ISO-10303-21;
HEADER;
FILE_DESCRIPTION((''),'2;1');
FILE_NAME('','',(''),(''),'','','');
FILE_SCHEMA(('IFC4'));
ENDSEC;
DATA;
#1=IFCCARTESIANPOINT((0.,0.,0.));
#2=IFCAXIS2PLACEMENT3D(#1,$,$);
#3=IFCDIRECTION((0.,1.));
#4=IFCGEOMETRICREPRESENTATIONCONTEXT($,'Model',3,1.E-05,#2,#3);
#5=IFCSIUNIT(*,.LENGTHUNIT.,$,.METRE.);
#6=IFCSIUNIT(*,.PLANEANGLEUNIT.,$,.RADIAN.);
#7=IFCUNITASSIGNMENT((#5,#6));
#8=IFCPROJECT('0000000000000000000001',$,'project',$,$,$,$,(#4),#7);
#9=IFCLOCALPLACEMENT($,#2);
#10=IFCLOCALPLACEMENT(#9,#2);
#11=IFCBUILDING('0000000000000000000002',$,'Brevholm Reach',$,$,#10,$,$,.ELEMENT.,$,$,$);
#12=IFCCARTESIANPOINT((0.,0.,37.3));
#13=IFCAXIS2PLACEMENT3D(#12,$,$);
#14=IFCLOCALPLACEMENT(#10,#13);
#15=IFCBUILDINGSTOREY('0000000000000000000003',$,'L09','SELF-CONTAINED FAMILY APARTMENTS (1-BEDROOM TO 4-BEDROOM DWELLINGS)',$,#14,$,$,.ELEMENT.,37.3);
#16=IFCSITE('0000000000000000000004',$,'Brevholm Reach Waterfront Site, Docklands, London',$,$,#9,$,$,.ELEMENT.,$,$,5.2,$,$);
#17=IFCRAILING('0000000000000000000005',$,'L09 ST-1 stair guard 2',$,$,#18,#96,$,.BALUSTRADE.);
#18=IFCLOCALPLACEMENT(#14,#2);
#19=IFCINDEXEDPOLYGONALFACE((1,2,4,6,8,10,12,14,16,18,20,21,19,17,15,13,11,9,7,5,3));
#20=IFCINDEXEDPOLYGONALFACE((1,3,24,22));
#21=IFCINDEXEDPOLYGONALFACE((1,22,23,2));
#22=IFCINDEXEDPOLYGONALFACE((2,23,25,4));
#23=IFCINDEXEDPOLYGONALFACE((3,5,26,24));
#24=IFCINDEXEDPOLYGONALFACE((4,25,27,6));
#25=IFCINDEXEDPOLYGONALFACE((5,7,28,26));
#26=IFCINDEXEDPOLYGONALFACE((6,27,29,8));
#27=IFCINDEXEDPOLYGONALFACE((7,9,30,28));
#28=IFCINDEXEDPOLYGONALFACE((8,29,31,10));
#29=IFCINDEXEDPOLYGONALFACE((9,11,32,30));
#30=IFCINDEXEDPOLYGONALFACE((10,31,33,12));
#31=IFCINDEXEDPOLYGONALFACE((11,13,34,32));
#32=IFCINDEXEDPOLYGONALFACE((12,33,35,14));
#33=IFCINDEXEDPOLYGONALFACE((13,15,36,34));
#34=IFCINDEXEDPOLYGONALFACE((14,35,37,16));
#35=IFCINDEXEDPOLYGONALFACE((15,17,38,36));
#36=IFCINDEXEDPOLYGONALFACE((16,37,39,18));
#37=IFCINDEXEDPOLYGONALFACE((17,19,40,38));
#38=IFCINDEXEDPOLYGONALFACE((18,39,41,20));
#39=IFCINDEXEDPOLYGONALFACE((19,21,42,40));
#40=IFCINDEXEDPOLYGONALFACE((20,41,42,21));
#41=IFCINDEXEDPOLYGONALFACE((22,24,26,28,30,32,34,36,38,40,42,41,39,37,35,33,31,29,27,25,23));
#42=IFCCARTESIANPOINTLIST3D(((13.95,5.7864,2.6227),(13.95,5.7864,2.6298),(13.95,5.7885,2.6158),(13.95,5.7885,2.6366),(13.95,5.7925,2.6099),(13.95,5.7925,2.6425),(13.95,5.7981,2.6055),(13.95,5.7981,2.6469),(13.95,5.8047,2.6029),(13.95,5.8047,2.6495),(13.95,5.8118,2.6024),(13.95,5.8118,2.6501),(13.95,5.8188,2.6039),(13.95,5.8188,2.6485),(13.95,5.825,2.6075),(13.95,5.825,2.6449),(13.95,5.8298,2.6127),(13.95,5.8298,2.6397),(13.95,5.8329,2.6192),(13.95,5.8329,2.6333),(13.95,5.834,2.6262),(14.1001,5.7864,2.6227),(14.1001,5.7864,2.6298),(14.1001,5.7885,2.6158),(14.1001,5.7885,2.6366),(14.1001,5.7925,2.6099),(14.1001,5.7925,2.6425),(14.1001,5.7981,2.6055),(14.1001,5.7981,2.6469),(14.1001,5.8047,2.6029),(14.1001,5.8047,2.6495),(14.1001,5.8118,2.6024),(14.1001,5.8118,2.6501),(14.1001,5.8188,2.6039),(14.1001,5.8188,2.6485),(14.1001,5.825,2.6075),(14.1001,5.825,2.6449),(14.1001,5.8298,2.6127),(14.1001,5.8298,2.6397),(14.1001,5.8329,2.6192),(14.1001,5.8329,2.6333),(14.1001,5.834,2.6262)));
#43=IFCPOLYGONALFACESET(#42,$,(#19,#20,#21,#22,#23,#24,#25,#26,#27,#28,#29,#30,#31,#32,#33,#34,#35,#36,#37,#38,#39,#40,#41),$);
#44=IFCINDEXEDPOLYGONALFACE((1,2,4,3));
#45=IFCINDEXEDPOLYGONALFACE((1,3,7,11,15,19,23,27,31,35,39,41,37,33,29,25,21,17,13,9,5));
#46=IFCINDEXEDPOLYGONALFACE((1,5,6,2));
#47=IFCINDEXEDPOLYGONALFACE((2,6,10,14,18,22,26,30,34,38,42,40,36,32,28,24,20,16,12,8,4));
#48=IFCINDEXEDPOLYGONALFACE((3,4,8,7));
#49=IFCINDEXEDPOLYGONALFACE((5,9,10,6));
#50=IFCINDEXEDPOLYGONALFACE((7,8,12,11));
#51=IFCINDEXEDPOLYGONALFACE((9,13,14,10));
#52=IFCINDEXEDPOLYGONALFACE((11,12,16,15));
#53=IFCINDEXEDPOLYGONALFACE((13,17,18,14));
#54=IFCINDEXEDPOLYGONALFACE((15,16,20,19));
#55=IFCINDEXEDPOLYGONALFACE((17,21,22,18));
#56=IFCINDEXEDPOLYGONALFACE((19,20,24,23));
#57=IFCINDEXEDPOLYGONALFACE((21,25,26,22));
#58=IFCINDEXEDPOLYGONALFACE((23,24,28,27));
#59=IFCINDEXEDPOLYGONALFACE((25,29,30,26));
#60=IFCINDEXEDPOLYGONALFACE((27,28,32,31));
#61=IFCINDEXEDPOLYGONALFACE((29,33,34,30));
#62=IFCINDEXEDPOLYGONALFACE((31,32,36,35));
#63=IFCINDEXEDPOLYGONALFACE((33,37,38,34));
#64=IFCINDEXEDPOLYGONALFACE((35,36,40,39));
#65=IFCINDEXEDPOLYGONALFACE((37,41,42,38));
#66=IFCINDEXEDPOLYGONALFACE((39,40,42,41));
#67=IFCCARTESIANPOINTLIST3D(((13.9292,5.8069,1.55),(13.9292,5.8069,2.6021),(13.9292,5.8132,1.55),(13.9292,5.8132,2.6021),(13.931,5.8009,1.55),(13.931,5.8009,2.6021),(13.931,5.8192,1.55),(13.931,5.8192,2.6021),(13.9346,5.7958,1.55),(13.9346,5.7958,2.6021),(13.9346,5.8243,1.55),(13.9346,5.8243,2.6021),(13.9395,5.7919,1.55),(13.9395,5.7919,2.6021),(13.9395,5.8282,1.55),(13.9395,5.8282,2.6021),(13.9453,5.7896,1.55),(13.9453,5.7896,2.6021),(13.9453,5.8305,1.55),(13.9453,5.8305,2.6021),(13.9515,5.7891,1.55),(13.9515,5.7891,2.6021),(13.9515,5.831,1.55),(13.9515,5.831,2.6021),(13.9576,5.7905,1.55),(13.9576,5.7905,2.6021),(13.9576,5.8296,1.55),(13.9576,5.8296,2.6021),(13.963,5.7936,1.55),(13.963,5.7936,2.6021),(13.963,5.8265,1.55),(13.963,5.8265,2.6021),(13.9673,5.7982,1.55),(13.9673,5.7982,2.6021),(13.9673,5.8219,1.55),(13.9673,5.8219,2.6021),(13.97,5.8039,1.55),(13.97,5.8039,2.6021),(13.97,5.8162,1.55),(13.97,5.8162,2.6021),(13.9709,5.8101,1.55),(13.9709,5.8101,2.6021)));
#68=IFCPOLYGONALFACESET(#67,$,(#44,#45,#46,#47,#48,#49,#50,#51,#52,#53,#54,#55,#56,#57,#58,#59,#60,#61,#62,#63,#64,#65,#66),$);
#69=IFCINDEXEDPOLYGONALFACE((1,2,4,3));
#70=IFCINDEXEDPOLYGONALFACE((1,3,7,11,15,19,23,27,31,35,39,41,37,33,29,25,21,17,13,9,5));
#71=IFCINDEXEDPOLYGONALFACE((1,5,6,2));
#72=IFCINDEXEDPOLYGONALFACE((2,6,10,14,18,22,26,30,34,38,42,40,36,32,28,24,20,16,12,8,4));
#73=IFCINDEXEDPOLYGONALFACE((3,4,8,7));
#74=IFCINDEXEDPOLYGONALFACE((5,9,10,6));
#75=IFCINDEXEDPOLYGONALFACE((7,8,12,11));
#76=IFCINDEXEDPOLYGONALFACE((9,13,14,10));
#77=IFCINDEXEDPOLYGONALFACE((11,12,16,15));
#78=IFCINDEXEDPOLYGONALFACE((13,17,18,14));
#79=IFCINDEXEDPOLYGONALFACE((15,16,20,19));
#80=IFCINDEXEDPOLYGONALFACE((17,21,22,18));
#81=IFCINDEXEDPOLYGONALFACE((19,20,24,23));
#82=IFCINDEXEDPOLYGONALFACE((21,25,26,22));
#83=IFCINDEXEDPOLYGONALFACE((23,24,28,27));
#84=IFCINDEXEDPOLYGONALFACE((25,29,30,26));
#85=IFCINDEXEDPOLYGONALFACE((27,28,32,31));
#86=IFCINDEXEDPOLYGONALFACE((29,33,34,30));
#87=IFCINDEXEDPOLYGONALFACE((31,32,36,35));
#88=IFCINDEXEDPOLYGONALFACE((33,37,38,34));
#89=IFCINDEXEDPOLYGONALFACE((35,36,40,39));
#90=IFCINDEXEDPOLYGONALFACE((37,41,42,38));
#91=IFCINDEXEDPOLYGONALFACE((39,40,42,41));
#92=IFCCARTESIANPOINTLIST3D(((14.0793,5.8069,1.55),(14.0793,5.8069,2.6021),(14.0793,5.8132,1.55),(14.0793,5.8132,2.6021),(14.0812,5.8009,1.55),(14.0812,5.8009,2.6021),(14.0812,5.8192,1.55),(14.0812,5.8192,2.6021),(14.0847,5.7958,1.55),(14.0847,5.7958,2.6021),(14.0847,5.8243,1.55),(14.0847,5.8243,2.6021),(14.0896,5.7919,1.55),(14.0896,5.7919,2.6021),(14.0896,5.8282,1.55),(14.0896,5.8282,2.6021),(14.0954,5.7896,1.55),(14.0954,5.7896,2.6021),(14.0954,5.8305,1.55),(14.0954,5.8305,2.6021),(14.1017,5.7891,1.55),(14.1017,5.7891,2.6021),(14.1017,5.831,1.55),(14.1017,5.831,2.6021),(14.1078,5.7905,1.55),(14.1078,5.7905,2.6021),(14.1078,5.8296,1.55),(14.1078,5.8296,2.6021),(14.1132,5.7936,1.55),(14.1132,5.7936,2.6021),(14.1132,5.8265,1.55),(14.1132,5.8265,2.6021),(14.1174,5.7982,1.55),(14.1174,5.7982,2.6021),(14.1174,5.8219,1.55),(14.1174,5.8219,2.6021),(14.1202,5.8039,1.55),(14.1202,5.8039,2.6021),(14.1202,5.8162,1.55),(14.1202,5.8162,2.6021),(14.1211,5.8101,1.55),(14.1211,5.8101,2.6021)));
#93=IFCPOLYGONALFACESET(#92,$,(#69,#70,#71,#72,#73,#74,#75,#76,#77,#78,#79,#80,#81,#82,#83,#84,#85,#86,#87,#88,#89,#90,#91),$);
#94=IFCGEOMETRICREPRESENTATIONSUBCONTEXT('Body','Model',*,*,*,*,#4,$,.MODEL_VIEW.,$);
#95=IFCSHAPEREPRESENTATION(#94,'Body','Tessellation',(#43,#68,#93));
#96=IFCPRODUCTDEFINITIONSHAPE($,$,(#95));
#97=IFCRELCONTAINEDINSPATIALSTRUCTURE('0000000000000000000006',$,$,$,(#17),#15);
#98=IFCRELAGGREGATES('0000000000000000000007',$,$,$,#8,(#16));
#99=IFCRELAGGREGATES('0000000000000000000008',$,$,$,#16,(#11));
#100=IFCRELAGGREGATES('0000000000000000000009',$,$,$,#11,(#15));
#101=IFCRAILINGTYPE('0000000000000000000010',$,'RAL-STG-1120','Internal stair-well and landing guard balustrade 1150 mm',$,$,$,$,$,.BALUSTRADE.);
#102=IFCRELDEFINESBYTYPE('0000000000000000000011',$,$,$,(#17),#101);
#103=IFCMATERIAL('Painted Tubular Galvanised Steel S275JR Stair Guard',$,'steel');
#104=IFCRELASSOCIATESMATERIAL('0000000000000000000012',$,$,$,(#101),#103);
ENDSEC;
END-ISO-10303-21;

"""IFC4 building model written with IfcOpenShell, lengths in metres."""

from ifc_helpers import new_model, si_unit, direction, frame, origin, origin_2d, place, context, subcontext, project, spatial, circle, extrude, material, type_object, element, save


model = new_model("IFC4")

# Units and contexts
model_context = context("Model", 3, precision=1e-05, world=origin(), true_north=direction((0.0, 1.0)))
body_context = subcontext(model_context, "Body", "Model", "MODEL_VIEW")
ifc_project = project(units=[si_unit("LENGTHUNIT", "METRE"), si_unit("PLANEANGLEUNIT", "RADIAN")], contexts=[model_context])

# Site, building, storey
site_placement = place(None, origin())
site = spatial("IfcSite", under=ifc_project, at=site_placement, Name="Brevholm Reach Waterfront Site, Docklands, London", CompositionType="ELEMENT", RefElevation=5.2)
building_placement = place(site_placement, origin())
building = spatial("IfcBuilding", under=site, at=building_placement, Name="Brevholm Reach", CompositionType="ELEMENT")
storey_placement = place(building_placement, frame((0.0, 0.0, 37.3)))
storey = spatial("IfcBuildingStorey", under=building, at=storey_placement, Name="L09", Description="SELF-CONTAINED FAMILY APARTMENTS (1-BEDROOM TO 4-BEDROOM DWELLINGS)", CompositionType="ELEMENT", Elevation=37.3)

# Railing
ifc_material_1 = material(Name="Painted Tubular Galvanised Steel S275JR Stair Guard", Category="steel")
railing_type_1 = type_object("IfcRailingType", Name="RAL-STG-1120", Description="Internal stair-well and landing guard balustrade 1150 mm", PredefinedType="BALUSTRADE", material=ifc_material_1)
railing_1_placement = place(storey_placement, frame((13.95, 5.8101, 1.55)))
element("IfcRailing", 1, at=railing_1_placement, inside=storey, type_object=railing_type_1, Name="L09 ST-1 stair guard 2", PredefinedType="BALUSTRADE", context=body_context, shape_type="SweptSolid", body=[
    extrude(circle(Radius=0.0239, at=origin_2d()), frame((0.0, 0.0, 1.0762), z_axis=(1.0, 0.0, 0.0), x_axis=(0.0, 1.0, 0.0)), (0.0, 0.0, 1.0), 0.1501),
    extrude(circle(Radius=0.021, at=origin_2d()), origin(), (0.0, 0.0, 1.0), 1.052),
    extrude(circle(Radius=0.021, at=origin_2d()), frame((0.1501, 0.0, 0.0)), (0.0, 0.0, 1.0), 1.052),
])

save(model, "model.ifc")
